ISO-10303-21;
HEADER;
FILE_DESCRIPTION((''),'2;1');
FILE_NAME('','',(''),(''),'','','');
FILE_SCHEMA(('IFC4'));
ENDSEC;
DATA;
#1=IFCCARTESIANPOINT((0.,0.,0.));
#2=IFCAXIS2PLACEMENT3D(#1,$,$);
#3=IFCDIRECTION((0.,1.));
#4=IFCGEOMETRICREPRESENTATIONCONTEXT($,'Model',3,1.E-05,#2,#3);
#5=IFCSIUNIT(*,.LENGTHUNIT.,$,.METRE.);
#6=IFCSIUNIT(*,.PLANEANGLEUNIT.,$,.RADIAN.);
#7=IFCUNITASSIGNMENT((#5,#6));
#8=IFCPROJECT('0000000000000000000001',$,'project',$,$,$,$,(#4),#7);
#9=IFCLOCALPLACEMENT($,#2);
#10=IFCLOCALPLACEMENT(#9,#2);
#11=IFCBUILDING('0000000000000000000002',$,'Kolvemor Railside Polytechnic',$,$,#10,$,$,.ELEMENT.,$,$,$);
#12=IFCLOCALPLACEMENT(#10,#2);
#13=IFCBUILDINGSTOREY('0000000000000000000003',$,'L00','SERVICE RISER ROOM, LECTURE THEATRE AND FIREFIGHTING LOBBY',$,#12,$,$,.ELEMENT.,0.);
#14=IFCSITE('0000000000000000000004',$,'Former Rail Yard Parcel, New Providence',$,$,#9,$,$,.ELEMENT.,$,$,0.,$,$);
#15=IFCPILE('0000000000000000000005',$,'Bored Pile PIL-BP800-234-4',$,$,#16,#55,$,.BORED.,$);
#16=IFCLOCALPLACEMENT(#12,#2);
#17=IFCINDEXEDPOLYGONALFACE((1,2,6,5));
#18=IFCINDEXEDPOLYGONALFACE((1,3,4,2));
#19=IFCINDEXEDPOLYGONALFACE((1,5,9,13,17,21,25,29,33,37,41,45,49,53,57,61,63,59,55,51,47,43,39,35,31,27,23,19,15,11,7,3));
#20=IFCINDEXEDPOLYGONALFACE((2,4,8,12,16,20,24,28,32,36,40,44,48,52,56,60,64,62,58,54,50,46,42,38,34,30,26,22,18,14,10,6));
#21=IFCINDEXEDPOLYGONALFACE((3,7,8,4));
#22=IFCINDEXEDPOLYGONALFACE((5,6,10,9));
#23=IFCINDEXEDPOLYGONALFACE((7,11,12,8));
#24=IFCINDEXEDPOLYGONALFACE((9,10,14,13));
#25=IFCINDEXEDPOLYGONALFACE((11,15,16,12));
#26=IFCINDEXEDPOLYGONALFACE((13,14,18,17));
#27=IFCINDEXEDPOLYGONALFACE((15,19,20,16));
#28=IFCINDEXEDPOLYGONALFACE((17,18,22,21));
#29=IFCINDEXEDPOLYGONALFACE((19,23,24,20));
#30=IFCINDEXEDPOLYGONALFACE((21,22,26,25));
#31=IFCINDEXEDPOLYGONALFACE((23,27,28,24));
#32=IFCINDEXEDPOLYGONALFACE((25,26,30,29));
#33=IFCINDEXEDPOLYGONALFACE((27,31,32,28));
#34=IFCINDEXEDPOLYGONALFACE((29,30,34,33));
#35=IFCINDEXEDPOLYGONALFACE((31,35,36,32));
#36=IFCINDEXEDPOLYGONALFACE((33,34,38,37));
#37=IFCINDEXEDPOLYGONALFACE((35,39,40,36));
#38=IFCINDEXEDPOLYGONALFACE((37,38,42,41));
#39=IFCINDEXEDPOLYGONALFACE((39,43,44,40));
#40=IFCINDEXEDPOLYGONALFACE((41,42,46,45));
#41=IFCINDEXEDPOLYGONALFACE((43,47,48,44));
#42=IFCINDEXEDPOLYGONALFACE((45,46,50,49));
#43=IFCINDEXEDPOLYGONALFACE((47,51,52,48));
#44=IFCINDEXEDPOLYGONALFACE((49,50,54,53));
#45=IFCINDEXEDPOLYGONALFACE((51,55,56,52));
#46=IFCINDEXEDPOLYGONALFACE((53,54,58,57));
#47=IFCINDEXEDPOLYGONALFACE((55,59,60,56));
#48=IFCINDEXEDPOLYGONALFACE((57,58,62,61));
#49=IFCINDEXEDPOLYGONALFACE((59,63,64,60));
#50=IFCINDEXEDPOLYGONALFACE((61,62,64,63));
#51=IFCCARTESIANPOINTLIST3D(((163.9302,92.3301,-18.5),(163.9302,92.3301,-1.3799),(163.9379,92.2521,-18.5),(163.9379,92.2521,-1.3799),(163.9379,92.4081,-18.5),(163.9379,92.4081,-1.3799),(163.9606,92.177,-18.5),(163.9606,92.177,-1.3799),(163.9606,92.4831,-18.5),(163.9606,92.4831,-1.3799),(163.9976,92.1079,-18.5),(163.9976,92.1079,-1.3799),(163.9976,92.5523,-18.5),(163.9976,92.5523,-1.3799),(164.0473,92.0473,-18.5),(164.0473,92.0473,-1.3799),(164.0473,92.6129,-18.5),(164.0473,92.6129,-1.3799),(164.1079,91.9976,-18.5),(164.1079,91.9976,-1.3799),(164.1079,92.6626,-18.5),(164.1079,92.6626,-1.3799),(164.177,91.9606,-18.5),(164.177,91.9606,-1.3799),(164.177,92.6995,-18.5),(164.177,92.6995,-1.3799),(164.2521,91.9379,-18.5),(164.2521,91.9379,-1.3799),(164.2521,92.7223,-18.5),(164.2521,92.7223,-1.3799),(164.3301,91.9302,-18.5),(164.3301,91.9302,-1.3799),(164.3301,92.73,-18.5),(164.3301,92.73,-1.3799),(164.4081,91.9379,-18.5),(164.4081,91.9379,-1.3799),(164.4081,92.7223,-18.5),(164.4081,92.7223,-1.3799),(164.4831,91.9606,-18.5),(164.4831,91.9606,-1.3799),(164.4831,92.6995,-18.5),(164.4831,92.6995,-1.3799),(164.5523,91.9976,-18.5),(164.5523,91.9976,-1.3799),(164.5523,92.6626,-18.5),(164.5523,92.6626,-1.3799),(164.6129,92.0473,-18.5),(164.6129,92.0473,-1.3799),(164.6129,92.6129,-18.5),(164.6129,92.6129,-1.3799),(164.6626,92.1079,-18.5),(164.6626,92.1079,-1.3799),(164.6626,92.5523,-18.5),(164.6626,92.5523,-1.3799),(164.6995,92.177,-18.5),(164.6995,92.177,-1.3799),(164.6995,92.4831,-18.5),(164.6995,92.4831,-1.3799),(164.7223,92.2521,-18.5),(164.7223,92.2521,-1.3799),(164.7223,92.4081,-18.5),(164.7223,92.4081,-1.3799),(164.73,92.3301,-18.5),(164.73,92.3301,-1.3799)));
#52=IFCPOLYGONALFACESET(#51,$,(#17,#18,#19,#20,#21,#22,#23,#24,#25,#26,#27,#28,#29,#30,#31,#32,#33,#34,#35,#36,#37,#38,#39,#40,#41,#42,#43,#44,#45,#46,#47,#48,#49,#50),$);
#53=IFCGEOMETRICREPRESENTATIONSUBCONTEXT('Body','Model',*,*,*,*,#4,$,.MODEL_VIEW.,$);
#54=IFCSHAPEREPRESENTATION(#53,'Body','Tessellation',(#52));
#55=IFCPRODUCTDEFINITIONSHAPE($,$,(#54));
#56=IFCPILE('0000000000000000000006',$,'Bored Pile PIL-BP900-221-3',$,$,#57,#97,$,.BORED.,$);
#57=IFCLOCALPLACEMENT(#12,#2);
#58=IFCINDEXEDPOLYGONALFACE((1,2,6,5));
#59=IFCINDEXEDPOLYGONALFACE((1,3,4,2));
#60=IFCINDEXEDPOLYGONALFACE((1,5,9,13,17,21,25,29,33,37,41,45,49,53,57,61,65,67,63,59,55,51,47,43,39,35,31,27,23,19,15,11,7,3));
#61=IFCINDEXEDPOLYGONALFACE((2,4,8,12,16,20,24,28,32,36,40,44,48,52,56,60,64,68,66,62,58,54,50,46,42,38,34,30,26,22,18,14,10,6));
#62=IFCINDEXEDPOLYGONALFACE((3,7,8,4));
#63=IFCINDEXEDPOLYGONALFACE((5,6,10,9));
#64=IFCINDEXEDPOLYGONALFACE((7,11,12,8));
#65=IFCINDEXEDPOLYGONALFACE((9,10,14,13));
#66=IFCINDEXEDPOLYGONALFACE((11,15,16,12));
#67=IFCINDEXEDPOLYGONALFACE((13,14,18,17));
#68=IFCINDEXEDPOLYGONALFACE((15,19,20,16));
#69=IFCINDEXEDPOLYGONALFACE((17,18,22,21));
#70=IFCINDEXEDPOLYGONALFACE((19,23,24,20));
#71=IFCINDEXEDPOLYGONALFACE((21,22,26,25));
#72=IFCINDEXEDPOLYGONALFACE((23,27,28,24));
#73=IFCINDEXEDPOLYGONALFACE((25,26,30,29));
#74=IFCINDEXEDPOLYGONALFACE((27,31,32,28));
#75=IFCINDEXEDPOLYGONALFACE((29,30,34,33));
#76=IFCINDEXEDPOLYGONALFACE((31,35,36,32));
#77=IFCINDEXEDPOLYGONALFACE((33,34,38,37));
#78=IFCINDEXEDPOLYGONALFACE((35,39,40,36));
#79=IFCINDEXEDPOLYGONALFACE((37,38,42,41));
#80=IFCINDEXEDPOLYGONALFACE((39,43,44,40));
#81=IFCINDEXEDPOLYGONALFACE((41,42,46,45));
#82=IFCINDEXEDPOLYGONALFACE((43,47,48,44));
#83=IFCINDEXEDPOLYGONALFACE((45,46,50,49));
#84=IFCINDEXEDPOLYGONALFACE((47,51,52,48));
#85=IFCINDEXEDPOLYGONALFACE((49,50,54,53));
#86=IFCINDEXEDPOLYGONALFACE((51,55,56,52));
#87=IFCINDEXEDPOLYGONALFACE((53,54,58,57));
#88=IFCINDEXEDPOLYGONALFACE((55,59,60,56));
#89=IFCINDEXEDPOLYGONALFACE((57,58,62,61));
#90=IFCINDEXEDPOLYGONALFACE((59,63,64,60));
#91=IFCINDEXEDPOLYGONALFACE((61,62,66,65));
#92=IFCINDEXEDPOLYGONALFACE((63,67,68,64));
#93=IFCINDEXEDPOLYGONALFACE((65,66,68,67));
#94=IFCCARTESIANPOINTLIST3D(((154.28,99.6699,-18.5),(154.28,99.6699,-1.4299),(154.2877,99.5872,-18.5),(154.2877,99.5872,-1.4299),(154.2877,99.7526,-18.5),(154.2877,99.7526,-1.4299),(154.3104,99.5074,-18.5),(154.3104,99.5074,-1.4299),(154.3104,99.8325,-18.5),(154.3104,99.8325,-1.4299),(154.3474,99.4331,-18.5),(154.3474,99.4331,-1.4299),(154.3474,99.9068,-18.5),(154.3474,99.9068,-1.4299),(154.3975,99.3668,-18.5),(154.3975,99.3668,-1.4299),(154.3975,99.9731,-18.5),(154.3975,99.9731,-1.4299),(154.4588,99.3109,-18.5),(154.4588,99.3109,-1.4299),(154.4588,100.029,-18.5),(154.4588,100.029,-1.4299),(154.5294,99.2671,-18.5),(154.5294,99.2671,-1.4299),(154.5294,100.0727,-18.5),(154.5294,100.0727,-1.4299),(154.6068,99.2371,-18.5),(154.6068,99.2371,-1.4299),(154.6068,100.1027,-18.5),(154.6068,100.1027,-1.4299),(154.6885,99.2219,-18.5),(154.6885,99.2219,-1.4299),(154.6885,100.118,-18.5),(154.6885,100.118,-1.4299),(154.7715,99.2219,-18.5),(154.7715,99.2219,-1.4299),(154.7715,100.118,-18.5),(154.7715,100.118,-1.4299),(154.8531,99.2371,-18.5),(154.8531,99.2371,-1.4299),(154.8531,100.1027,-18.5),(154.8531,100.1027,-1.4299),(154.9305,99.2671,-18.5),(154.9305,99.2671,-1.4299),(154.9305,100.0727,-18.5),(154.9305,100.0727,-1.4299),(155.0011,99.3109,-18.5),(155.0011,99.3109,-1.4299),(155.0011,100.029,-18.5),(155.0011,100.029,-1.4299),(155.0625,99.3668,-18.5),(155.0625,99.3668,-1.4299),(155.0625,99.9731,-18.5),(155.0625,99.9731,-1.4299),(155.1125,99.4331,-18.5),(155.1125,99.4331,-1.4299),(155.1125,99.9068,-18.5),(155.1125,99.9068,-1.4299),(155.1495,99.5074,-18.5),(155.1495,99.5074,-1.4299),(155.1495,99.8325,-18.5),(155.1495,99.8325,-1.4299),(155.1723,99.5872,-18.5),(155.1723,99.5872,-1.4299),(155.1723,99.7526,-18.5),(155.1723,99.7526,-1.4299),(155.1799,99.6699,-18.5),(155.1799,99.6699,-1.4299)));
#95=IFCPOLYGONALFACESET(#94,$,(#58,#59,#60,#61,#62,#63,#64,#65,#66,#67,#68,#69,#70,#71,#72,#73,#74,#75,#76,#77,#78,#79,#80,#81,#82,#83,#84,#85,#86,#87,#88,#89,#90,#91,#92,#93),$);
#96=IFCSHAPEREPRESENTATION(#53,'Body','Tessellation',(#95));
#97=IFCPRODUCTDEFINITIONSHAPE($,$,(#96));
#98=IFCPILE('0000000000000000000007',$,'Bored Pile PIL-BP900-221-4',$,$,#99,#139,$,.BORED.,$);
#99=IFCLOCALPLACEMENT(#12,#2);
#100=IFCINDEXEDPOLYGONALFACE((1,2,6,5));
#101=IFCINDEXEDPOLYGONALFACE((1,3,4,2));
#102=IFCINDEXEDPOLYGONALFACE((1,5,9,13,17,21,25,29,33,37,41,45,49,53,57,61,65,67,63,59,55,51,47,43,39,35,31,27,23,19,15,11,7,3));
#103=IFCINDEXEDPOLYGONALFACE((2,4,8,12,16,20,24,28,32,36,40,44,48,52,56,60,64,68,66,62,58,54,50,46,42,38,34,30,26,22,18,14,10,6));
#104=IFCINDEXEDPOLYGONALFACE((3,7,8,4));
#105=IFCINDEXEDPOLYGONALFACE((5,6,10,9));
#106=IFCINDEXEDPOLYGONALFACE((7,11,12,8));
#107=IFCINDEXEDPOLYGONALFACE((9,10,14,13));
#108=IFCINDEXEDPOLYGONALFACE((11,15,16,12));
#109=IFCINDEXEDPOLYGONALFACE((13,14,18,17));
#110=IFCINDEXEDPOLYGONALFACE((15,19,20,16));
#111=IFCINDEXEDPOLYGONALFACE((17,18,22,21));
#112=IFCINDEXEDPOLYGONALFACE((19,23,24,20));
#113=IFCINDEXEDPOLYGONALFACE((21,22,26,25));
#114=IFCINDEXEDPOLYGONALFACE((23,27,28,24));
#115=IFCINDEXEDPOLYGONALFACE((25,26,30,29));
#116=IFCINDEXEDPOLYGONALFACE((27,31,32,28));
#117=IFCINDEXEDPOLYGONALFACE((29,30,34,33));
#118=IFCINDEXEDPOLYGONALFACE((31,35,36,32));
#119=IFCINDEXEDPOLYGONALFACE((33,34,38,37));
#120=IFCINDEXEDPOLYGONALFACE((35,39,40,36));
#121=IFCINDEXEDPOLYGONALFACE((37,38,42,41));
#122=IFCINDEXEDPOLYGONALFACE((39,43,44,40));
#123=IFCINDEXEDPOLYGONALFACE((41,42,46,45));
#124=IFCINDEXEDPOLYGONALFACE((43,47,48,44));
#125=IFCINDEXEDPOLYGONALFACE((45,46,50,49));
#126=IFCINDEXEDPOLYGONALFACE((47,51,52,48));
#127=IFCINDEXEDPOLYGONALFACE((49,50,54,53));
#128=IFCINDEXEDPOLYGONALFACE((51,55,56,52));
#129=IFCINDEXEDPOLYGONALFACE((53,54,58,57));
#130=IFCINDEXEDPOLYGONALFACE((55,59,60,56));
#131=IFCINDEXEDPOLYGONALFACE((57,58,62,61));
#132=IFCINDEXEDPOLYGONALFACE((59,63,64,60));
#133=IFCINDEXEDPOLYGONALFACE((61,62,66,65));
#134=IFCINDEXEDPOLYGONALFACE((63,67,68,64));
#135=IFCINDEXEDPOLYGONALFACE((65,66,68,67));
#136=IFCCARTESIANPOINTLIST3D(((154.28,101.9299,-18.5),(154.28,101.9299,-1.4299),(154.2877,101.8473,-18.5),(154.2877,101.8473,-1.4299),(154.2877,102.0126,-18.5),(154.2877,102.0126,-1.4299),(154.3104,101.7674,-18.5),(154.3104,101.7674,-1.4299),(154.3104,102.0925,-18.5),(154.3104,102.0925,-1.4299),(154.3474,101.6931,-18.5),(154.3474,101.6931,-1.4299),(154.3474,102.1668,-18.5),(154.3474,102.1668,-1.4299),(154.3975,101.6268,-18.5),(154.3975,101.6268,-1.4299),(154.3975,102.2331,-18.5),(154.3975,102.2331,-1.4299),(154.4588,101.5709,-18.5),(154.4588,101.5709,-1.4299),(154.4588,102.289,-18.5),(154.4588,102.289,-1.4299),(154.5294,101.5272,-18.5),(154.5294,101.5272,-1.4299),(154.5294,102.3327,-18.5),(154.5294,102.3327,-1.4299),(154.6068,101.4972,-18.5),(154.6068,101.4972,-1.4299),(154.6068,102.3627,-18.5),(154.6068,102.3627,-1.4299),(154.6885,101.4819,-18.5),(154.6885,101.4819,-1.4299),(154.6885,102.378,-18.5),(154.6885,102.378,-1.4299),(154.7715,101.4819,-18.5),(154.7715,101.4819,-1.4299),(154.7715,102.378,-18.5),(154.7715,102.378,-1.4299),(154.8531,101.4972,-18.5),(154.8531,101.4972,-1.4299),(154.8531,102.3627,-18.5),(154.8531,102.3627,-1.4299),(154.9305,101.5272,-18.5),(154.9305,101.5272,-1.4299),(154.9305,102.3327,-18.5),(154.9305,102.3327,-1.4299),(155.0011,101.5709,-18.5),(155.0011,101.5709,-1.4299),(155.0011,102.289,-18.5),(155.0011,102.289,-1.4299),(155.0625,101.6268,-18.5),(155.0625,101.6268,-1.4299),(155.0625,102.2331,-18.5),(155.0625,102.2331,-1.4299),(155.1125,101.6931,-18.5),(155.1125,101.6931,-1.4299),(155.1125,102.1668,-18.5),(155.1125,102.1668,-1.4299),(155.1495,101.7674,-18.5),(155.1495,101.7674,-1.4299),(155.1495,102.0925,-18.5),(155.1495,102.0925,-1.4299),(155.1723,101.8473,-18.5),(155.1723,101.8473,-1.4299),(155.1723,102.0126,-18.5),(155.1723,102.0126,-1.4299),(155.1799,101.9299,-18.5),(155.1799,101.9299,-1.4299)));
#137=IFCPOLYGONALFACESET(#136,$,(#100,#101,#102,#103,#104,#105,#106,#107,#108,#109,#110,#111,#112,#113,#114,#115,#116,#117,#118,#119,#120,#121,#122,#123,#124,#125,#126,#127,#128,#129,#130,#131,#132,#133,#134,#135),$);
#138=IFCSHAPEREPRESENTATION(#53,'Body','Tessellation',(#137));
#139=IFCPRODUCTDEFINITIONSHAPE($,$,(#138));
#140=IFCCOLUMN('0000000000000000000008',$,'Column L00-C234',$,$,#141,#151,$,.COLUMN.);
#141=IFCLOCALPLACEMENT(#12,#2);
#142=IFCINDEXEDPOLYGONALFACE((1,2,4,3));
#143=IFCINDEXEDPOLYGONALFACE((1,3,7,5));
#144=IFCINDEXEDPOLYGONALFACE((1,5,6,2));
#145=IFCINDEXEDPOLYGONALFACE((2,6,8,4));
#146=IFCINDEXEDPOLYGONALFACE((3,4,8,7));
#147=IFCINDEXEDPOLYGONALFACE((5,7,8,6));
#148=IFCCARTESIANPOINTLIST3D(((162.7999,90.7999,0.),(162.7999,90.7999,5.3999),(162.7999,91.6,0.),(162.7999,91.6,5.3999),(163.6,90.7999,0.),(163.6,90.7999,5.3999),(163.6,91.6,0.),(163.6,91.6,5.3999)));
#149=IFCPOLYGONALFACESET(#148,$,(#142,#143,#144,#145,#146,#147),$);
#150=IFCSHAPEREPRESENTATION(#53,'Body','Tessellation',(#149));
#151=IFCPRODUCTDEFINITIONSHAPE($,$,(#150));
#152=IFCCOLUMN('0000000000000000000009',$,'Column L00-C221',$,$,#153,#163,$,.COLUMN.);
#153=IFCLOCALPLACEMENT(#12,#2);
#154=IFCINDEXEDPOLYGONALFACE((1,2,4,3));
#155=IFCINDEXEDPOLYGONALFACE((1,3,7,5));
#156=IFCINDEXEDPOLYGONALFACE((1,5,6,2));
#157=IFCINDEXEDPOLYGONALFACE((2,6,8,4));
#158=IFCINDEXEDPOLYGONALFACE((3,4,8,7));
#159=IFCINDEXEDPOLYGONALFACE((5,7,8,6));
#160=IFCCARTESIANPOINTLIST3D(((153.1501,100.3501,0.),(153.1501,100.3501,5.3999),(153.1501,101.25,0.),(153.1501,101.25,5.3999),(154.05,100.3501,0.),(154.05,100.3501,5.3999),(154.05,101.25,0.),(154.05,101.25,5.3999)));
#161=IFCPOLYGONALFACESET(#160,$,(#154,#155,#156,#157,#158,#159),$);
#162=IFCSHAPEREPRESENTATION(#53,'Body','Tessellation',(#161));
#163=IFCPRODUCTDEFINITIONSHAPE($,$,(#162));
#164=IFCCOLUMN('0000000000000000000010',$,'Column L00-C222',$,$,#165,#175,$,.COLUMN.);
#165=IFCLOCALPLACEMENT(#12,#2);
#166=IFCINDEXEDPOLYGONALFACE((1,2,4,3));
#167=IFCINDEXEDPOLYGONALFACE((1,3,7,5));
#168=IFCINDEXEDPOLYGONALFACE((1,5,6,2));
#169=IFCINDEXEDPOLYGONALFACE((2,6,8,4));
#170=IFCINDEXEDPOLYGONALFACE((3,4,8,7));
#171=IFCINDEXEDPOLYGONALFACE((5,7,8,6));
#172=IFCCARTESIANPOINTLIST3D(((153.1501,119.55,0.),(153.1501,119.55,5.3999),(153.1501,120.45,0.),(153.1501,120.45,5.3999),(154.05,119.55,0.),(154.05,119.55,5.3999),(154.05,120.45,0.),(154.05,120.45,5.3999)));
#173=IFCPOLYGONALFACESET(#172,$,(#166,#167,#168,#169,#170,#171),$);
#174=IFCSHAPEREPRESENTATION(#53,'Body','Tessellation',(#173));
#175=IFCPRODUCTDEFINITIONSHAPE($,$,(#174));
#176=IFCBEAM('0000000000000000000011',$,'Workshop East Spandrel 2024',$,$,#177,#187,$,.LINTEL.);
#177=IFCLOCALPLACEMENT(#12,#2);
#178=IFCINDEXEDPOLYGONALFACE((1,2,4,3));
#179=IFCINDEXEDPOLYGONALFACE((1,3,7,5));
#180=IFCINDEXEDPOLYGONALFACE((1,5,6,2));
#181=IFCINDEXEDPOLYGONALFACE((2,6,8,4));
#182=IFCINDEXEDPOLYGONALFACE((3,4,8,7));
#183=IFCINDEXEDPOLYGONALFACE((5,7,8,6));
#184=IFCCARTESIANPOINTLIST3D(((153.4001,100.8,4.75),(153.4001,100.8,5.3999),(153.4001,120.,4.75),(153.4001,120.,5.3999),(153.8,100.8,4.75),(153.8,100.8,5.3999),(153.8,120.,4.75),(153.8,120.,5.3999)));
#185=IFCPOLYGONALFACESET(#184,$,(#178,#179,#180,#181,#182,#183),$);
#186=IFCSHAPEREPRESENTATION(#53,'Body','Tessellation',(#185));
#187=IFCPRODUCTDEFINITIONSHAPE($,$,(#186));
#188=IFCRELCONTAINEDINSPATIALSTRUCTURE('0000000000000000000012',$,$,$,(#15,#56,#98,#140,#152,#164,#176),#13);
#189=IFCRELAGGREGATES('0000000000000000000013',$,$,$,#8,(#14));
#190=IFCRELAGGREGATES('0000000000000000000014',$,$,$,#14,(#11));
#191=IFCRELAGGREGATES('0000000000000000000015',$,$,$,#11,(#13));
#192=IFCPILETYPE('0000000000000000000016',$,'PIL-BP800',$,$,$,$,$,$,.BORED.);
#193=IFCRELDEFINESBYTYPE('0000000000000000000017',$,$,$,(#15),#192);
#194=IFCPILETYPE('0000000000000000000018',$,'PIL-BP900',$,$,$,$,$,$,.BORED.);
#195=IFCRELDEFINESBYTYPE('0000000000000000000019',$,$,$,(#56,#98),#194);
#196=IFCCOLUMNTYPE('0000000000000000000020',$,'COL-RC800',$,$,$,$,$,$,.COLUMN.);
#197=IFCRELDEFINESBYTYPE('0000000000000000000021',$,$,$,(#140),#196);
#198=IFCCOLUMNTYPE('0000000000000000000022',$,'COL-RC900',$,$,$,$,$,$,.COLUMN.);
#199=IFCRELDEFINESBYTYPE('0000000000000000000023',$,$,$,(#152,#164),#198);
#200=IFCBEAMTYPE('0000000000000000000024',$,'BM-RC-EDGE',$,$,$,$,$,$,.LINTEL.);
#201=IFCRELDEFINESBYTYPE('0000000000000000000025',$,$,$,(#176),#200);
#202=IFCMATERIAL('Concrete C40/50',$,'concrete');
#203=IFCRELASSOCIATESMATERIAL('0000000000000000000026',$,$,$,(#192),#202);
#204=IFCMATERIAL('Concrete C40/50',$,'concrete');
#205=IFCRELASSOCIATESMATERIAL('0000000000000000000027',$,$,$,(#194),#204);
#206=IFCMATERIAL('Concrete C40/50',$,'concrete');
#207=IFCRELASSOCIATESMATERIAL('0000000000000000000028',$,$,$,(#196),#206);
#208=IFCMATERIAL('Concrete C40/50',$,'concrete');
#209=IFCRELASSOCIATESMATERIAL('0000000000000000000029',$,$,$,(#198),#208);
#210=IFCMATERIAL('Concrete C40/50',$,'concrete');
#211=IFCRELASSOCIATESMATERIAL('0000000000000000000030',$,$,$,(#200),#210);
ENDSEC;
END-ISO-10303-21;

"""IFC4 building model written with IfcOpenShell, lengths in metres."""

from ifc_helpers import new_model, si_unit, direction, frame, origin, origin_2d, place, context, subcontext, project, spatial, rectangle, circle, extrude, material, material_profile, profile_set, type_object, element, save


model = new_model("IFC4")

# Units and contexts
model_context = context("Model", 3, precision=1e-05, world=origin(), true_north=direction((0.0, 1.0)))
body_context = subcontext(model_context, "Body", "Model", "MODEL_VIEW")
ifc_project = project(units=[si_unit("LENGTHUNIT", "METRE"), si_unit("PLANEANGLEUNIT", "RADIAN")], contexts=[model_context])

# Site, building, storey
site_placement = place(None, origin())
site = spatial("IfcSite", under=ifc_project, at=site_placement, Name="Former Rail Yard Parcel, New Providence", CompositionType="ELEMENT", RefElevation=0.0)
building_placement = place(site_placement, origin())
building = spatial("IfcBuilding", under=site, at=building_placement, Name="Kolvemor Railside Polytechnic", CompositionType="ELEMENT")
storey_placement = place(building_placement, origin())
storey = spatial("IfcBuildingStorey", under=building, at=storey_placement, Name="L00", Description="SERVICE RISER ROOM, LECTURE THEATRE AND FIREFIGHTING LOBBY", CompositionType="ELEMENT", Elevation=0.0)

# Piles
ifc_material_1 = material(Name="Concrete C40/50", Category="concrete")
ifc_material_profile_1 = material_profile(ifc_material_1, circle(Radius=0.3999, at=origin_2d()), Name="BP800")
ifc_profile_set_1 = profile_set([ifc_material_profile_1], Name="Concrete C40/50")
pile_type_1 = type_object("IfcPileType", Name="PIL-BP800", PredefinedType="BORED", material=ifc_profile_set_1)
for number, where, z_axis, x_axis, name in (
    (1, (164.3301, 92.3301, -1.3799), (0.0, 0.0, -1.0), (1.0, 0.0, 0.0), "Bored Pile PIL-BP800-234-4"),
):
    element("IfcPile", number, at=place(storey_placement, frame(where, z_axis=z_axis, x_axis=x_axis)), inside=storey, type_object=pile_type_1, Name=name, PredefinedType="BORED", context=body_context, shape_type="SweptSolid", body=[
        extrude(circle(Radius=0.3999, at=origin_2d()), origin(), (0.0, 0.0, 1.0), 17.1201),
    ])
ifc_material_2 = material(Name="Concrete C40/50", Category="concrete")
ifc_material_profile_2 = material_profile(ifc_material_2, circle(Radius=0.45, at=origin_2d()), Name="BP900")
ifc_profile_set_2 = profile_set([ifc_material_profile_2], Name="Concrete C40/50")
pile_type_2 = type_object("IfcPileType", Name="PIL-BP900", PredefinedType="BORED", material=ifc_profile_set_2)
for number, where, z_axis, x_axis, name in (
    (2, (154.73, 99.6699, -1.4299), (0.0, 0.0, -1.0), (1.0, 0.0, 0.0), "Bored Pile PIL-BP900-221-3"),
    (3, (154.73, 101.9299, -1.4299), (0.0, 0.0, -1.0), (1.0, 0.0, 0.0), "Bored Pile PIL-BP900-221-4"),
):
    element("IfcPile", number, at=place(storey_placement, frame(where, z_axis=z_axis, x_axis=x_axis)), inside=storey, type_object=pile_type_2, Name=name, PredefinedType="BORED", context=body_context, shape_type="SweptSolid", body=[
        extrude(circle(Radius=0.45, at=origin_2d()), origin(), (0.0, 0.0, 1.0), 17.0701),
    ])

# Columns
ifc_material_3 = material(Name="Concrete C40/50", Category="concrete")
ifc_material_profile_3 = material_profile(ifc_material_3, rectangle(XDim=0.8, YDim=0.8, at=origin_2d()), Name="RC800x800")
ifc_profile_set_3 = profile_set([ifc_material_profile_3], Name="Concrete C40/50")
column_type_1 = type_object("IfcColumnType", Name="COL-RC800", PredefinedType="COLUMN", material=ifc_profile_set_3)
column_placement = place(storey_placement, frame((163.2, 91.2, 0.0), z_axis=(0.0, 0.0, 1.0), x_axis=(1.0, 0.0, 0.0)))
element("IfcColumn", 4, at=column_placement, inside=storey, type_object=column_type_1, Name="Column L00-C234", PredefinedType="COLUMN", context=body_context, shape_type="SweptSolid", body=[
    extrude(rectangle(XDim=0.8, YDim=0.8, at=origin_2d()), origin(), (0.0, 0.0, 1.0), 5.3999),
])
ifc_material_4 = material(Name="Concrete C40/50", Category="concrete")
ifc_material_profile_4 = material_profile(ifc_material_4, rectangle(XDim=0.8999, YDim=0.8999, at=origin_2d()), Name="RC900x900")
ifc_profile_set_4 = profile_set([ifc_material_profile_4], Name="Concrete C40/50")
column_type_2 = type_object("IfcColumnType", Name="COL-RC900", PredefinedType="COLUMN", material=ifc_profile_set_4)
for number, where, z_axis, x_axis, name in (
    (5, (153.6001, 100.8, 0.0), (0.0, 0.0, 1.0), (1.0, 0.0, 0.0), "Column L00-C221"),
    (6, (153.6001, 120.0, 0.0), (0.0, 0.0, 1.0), (1.0, 0.0, 0.0), "Column L00-C222"),
):
    element("IfcColumn", number, at=place(storey_placement, frame(where, z_axis=z_axis, x_axis=x_axis)), inside=storey, type_object=column_type_2, Name=name, PredefinedType="COLUMN", context=body_context, shape_type="SweptSolid", body=[
        extrude(rectangle(XDim=0.8999, YDim=0.8999, at=origin_2d()), origin(), (0.0, 0.0, 1.0), 5.3999),
    ])

# Beam
ifc_material_5 = material(Name="Concrete C40/50", Category="concrete")
ifc_material_profile_5 = material_profile(ifc_material_5, rectangle(XDim=0.3999, YDim=0.6499, at=origin_2d()), Name="RC400x650")
ifc_profile_set_5 = profile_set([ifc_material_profile_5], Name="Concrete C40/50")
beam_type_1 = type_object("IfcBeamType", Name="BM-RC-EDGE", PredefinedType="LINTEL", material=ifc_profile_set_5)
beam_1_placement = place(storey_placement, frame((153.6001, 100.8, 5.075), z_axis=(0.0, 1.0, 0.0), x_axis=(-1.0, 0.0, 0.0)))
element("IfcBeam", 7, at=beam_1_placement, inside=storey, type_object=beam_type_1, Name="Workshop East Spandrel 2024", PredefinedType="LINTEL", context=body_context, shape_type="SweptSolid", body=[
    extrude(rectangle(XDim=0.3999, YDim=0.6499, at=origin_2d()), origin(), (0.0, 0.0, 1.0), 19.2),
])

save(model, "model.ifc")
